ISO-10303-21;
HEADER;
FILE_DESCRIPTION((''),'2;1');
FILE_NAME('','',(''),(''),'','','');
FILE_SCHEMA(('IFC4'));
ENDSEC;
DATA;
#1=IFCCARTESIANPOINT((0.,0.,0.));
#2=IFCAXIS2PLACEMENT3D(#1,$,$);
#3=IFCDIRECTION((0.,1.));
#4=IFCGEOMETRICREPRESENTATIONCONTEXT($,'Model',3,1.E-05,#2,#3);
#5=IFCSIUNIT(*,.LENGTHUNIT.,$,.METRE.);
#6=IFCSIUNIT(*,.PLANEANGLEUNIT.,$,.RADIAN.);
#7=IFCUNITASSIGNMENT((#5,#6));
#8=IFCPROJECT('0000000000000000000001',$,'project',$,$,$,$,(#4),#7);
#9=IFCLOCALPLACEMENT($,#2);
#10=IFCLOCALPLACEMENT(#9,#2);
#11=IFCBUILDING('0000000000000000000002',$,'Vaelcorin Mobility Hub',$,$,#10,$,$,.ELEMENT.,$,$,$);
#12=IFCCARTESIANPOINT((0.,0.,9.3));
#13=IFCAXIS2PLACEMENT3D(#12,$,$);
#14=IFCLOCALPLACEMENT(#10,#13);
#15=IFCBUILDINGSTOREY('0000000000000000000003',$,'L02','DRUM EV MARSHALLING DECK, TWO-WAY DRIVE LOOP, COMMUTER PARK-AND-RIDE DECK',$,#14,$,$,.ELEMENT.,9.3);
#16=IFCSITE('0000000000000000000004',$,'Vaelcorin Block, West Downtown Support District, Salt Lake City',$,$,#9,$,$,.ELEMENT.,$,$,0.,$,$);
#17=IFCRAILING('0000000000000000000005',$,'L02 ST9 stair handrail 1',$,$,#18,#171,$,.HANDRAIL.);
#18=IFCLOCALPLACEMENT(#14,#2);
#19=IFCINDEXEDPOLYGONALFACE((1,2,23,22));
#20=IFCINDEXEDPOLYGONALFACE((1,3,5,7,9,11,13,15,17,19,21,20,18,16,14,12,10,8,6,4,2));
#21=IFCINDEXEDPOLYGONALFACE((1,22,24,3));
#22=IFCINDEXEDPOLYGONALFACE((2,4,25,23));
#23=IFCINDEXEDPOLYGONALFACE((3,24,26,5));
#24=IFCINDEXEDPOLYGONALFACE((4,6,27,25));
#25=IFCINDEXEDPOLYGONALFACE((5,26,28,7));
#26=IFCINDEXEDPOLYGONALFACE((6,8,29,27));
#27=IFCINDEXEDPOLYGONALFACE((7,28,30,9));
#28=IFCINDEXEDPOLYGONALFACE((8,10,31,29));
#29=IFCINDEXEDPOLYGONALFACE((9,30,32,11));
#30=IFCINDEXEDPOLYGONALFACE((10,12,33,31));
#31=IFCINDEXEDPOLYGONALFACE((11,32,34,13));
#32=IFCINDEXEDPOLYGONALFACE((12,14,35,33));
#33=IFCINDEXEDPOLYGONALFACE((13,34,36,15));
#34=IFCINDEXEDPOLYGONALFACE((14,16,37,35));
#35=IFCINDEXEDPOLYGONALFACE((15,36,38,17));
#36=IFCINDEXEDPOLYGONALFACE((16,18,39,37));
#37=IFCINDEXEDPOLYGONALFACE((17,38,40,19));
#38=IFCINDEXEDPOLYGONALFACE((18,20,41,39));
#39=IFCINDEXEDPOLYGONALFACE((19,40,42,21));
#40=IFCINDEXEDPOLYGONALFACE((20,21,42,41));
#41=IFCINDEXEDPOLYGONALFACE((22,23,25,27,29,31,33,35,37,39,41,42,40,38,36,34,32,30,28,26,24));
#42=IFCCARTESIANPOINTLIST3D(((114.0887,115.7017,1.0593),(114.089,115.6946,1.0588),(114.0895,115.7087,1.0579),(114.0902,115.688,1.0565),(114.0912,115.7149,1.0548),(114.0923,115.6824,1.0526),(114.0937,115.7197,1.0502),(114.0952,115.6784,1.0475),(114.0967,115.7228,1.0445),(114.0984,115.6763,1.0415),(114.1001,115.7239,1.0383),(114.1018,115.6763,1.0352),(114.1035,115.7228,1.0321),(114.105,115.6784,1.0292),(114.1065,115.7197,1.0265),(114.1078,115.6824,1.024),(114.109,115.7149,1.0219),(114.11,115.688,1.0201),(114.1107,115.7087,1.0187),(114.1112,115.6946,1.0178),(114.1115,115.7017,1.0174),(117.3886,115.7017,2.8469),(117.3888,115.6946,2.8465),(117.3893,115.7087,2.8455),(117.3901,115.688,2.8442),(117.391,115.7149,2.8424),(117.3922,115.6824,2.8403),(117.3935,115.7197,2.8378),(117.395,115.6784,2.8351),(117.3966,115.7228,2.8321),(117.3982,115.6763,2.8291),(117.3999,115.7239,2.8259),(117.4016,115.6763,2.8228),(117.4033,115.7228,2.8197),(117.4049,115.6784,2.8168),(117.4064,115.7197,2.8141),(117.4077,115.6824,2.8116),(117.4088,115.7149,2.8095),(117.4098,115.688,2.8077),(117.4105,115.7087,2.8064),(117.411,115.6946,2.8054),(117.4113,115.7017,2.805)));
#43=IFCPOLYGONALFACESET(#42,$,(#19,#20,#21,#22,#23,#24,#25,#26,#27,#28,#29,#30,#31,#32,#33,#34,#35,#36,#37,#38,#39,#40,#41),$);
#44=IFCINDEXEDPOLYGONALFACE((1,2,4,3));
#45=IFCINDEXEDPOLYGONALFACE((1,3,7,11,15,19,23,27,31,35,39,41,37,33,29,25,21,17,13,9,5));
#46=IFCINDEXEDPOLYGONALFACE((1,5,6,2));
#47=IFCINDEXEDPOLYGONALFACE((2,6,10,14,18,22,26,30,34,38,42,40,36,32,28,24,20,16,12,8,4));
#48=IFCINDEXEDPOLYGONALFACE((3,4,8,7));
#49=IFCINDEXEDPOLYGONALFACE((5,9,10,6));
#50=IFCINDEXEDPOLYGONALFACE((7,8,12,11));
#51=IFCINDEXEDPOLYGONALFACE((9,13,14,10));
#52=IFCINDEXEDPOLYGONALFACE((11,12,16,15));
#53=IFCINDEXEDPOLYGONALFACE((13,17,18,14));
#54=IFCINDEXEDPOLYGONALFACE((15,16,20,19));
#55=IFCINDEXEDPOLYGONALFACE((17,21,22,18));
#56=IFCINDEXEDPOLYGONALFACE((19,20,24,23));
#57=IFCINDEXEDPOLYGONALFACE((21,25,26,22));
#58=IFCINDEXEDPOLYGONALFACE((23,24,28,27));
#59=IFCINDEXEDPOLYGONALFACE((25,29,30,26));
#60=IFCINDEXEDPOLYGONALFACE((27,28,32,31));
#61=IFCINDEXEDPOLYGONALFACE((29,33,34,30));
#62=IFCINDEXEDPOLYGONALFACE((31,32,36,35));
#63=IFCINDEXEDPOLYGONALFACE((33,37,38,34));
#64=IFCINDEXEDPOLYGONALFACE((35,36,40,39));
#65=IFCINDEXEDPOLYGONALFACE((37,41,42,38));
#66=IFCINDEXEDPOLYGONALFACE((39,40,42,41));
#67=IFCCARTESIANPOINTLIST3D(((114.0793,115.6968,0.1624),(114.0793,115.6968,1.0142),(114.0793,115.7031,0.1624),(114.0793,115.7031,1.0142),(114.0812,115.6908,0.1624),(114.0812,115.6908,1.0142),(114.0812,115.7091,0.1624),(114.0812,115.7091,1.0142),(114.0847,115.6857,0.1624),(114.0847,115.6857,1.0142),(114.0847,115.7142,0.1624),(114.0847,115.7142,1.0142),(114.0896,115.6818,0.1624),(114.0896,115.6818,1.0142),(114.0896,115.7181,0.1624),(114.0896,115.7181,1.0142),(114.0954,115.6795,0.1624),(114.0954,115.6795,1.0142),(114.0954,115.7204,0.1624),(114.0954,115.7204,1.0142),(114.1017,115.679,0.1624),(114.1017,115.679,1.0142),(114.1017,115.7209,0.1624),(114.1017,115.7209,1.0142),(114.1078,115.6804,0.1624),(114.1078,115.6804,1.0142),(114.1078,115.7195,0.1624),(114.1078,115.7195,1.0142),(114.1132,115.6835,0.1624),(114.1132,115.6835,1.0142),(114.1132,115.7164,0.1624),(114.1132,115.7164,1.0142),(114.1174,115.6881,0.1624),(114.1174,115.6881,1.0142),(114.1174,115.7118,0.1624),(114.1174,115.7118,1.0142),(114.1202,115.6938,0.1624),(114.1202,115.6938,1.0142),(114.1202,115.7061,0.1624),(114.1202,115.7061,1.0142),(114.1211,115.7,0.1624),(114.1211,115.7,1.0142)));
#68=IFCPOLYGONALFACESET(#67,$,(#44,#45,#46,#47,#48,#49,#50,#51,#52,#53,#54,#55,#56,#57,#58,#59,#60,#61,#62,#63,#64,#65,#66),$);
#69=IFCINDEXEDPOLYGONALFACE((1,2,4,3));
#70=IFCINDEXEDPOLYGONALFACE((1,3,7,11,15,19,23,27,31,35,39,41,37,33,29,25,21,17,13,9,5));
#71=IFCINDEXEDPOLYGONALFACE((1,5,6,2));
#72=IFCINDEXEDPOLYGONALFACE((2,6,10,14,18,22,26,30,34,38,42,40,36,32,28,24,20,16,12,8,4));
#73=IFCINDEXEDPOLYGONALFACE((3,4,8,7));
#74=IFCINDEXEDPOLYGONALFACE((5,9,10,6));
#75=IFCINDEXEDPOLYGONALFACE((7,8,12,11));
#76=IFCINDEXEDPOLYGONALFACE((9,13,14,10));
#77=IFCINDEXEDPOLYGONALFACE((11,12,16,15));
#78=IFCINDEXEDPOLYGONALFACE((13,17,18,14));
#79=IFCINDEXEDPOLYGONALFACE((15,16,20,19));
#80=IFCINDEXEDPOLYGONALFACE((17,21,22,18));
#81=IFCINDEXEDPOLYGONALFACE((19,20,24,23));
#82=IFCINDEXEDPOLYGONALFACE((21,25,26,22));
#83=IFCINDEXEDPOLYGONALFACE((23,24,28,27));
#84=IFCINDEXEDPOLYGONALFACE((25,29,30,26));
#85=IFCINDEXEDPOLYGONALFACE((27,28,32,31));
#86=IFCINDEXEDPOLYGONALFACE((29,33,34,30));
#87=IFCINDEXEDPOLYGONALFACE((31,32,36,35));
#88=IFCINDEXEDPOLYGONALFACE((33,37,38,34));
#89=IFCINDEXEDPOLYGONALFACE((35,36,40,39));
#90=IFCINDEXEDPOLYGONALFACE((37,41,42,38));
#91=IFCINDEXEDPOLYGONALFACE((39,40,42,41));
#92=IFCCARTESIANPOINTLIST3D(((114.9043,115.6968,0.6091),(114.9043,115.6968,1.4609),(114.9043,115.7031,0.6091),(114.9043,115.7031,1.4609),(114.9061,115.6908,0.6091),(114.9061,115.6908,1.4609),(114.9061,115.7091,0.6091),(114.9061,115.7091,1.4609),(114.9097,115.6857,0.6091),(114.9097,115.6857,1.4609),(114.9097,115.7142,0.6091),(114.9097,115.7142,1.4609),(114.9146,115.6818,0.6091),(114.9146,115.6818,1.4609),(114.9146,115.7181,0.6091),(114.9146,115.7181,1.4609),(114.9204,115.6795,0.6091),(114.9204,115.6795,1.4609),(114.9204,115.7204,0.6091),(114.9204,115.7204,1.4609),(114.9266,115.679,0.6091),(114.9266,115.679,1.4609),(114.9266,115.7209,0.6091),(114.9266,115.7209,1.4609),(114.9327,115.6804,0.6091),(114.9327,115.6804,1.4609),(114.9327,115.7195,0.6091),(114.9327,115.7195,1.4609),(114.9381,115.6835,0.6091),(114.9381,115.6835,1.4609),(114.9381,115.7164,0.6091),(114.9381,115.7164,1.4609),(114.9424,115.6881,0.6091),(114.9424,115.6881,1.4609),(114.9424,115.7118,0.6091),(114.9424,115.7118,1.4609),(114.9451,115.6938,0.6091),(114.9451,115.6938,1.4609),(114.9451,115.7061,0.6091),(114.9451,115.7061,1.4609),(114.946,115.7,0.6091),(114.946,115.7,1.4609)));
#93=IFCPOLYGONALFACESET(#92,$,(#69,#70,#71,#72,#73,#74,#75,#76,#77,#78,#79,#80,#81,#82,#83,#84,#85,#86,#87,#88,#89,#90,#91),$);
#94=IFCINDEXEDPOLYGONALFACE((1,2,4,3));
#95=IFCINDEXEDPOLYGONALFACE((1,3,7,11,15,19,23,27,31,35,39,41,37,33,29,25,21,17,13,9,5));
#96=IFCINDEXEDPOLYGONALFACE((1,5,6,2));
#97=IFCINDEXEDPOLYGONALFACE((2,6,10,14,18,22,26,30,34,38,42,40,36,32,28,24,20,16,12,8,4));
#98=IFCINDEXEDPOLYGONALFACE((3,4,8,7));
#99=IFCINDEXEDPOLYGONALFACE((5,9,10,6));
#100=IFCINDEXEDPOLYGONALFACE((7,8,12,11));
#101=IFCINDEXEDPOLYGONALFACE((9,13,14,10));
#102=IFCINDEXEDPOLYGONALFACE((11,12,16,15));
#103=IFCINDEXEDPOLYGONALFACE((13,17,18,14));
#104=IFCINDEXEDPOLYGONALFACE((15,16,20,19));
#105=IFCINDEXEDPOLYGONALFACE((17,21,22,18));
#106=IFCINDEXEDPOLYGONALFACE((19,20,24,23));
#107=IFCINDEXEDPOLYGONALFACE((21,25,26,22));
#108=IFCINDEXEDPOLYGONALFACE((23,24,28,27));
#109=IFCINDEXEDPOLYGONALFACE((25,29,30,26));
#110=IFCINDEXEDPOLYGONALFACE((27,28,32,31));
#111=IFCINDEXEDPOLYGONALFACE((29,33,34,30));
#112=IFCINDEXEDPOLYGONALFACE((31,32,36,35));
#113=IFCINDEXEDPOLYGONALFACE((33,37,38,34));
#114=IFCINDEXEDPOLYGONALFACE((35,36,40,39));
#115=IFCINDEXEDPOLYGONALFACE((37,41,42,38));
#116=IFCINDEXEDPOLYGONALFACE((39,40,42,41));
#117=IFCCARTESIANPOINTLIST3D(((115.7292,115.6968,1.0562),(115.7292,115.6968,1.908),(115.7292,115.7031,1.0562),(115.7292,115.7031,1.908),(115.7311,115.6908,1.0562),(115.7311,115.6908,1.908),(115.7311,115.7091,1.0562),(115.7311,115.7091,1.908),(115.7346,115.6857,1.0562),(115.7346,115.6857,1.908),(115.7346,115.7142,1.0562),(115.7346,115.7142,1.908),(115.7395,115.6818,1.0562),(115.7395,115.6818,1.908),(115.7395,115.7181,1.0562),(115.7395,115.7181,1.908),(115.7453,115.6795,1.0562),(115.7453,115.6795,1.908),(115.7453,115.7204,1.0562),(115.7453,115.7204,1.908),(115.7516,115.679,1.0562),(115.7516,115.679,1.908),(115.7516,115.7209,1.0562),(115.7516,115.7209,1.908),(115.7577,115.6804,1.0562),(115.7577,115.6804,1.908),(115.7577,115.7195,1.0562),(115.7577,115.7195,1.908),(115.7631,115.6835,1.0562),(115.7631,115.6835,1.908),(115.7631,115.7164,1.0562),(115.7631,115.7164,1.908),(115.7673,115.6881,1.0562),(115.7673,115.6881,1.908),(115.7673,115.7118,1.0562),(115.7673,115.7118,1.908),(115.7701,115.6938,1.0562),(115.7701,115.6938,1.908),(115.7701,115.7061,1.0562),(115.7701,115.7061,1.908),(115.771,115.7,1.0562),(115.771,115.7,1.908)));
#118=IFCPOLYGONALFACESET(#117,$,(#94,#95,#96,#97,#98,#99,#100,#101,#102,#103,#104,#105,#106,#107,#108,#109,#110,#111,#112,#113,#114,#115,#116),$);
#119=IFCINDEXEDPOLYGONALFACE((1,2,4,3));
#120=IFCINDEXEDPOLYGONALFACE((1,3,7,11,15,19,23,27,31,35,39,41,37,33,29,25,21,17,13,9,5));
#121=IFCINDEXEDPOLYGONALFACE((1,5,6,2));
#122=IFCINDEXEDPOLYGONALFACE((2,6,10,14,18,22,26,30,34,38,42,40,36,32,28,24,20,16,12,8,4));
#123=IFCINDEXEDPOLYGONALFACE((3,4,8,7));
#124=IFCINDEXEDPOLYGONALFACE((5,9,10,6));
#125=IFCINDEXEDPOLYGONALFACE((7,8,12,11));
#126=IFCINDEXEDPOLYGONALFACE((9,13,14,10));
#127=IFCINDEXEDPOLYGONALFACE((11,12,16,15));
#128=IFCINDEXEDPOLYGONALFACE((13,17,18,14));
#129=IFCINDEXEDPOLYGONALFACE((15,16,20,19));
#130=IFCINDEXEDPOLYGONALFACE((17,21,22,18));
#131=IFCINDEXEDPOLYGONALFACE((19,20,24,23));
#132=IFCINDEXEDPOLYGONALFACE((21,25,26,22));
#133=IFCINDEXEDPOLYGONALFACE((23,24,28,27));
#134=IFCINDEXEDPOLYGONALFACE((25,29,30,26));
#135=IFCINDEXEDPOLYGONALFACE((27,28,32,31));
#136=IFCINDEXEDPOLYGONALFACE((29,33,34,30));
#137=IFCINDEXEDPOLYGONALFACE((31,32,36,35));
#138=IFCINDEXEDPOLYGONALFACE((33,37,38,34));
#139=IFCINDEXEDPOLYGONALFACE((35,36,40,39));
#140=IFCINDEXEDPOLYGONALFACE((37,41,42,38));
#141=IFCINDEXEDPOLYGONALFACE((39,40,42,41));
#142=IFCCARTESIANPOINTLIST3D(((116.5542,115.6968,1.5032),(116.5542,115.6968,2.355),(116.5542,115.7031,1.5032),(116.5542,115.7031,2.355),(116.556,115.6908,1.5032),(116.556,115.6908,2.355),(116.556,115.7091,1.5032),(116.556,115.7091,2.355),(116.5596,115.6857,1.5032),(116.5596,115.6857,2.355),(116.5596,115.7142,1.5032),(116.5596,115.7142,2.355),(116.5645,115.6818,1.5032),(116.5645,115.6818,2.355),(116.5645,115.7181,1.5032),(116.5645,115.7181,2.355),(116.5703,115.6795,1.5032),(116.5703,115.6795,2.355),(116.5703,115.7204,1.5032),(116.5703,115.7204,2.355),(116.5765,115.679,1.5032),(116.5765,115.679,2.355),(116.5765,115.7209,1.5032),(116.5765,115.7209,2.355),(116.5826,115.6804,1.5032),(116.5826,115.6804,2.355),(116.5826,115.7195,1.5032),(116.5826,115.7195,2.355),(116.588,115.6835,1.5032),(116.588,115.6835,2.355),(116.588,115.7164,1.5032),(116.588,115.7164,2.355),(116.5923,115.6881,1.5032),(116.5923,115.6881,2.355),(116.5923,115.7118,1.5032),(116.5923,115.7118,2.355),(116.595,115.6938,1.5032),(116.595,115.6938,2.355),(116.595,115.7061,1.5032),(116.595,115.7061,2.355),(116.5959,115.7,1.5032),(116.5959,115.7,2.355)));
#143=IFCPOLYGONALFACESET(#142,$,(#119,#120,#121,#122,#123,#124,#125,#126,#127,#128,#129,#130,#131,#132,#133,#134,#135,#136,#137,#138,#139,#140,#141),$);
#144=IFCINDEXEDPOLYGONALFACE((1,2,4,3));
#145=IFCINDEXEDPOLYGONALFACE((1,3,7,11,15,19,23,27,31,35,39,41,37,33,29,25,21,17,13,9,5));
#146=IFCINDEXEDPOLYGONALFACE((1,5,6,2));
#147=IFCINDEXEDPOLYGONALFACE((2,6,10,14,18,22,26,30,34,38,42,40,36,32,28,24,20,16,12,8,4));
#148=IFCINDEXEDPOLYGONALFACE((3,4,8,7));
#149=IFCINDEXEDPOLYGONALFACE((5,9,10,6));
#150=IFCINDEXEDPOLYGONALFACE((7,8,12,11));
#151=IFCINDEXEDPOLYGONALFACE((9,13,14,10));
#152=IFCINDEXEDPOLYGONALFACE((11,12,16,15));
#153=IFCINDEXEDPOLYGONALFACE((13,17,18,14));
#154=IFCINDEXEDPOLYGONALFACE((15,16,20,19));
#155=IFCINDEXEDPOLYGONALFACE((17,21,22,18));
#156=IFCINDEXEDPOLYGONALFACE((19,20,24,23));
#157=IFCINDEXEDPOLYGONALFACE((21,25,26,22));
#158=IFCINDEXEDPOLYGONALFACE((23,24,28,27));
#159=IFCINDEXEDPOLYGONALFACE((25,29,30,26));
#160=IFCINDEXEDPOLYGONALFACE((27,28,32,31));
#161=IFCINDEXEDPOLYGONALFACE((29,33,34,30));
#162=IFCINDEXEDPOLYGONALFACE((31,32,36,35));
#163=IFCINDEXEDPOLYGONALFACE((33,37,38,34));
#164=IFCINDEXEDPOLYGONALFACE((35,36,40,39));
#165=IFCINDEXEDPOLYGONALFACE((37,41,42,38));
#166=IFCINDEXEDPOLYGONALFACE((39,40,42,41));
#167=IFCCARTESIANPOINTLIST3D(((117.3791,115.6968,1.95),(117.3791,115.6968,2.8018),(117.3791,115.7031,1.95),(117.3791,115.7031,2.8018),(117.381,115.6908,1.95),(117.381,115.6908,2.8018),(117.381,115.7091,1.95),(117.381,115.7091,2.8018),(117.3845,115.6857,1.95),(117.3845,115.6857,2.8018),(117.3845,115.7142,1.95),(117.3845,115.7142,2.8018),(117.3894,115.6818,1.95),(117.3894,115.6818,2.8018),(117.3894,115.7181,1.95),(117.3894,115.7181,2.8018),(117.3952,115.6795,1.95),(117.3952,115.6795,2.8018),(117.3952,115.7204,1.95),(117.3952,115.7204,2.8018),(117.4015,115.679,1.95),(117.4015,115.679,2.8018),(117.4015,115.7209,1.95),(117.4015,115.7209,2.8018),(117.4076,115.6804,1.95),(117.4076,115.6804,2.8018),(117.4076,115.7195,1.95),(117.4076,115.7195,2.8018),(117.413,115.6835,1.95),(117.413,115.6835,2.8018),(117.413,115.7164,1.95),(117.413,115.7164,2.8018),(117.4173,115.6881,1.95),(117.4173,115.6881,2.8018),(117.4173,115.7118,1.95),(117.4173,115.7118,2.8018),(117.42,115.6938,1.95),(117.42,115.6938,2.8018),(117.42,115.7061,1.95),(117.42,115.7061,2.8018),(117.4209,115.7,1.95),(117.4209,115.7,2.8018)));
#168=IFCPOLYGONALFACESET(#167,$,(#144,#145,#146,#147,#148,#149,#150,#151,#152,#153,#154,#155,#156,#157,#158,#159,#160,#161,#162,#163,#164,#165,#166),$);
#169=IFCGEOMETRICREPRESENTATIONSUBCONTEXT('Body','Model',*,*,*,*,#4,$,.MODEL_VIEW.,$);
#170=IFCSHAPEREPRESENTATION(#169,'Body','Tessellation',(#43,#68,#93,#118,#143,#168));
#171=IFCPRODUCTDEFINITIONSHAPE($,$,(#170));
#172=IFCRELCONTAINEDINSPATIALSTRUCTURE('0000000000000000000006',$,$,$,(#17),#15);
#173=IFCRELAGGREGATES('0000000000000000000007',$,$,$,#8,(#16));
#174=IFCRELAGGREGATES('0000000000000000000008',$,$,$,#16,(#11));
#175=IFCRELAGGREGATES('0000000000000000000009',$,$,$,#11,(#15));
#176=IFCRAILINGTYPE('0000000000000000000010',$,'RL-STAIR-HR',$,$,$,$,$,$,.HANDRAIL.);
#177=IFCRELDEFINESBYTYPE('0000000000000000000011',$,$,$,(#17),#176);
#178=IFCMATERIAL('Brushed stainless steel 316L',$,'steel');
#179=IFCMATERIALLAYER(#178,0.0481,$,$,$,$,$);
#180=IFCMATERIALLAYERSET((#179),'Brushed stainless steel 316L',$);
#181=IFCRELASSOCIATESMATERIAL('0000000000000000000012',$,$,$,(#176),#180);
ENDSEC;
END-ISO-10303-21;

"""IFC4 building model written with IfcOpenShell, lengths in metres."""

from ifc_helpers import new_model, si_unit, direction, frame, origin, origin_2d, place, context, subcontext, project, spatial, circle, extrude, material, layer, layer_set, type_object, element, save


model = new_model("IFC4")

# Units and contexts
model_context = context("Model", 3, precision=1e-05, world=origin(), true_north=direction((0.0, 1.0)))
body_context = subcontext(model_context, "Body", "Model", "MODEL_VIEW")
ifc_project = project(units=[si_unit("LENGTHUNIT", "METRE"), si_unit("PLANEANGLEUNIT", "RADIAN")], contexts=[model_context])

# Site, building, storey
site_placement = place(None, origin())
site = spatial("IfcSite", under=ifc_project, at=site_placement, Name="Vaelcorin Block, West Downtown Support District, Salt Lake City", CompositionType="ELEMENT", RefElevation=0.0)
building_placement = place(site_placement, origin())
building = spatial("IfcBuilding", under=site, at=building_placement, Name="Vaelcorin Mobility Hub", CompositionType="ELEMENT")
storey_placement = place(building_placement, frame((0.0, 0.0, 9.3)))
storey = spatial("IfcBuildingStorey", under=building, at=storey_placement, Name="L02", Description="DRUM EV MARSHALLING DECK, TWO-WAY DRIVE LOOP, COMMUTER PARK-AND-RIDE DECK", CompositionType="ELEMENT", Elevation=9.3)

# Railing
ifc_material_1 = material(Name="Brushed stainless steel 316L", Category="steel")
ifc_layer_1 = layer(ifc_material_1, 0.0481)
ifc_layer_set_1 = layer_set([ifc_layer_1], Name="Brushed stainless steel 316L")
railing_type_1 = type_object("IfcRailingType", Name="RL-STAIR-HR", PredefinedType="HANDRAIL", material=ifc_layer_set_1)
railing_1_placement = place(storey_placement, frame((114.1001, 115.7, 0.1624)))
element("IfcRailing", 1, at=railing_1_placement, inside=storey, type_object=railing_type_1, Name="L02 ST9 stair handrail 1", PredefinedType="HANDRAIL", context=body_context, shape_type="SweptSolid", body=[
    extrude(circle(Radius=0.0239, at=origin_2d()), frame((0.0, 0.0, 0.876), z_axis=(0.879269, 0.0, 0.476325), x_axis=(0.0, 1.0, 0.0)), (0.0, 0.0, 1.0), 3.7529),
    extrude(circle(Radius=0.021, at=origin_2d()), origin(), (0.0, 0.0, 1.0), 0.8518),
    extrude(circle(Radius=0.021, at=origin_2d()), frame((0.825, 0.0, 0.4468)), (0.0, 0.0, 1.0), 0.8518),
    extrude(circle(Radius=0.021, at=origin_2d()), frame((1.6499, 0.0, 0.8938)), (0.0, 0.0, 1.0), 0.8518),
    extrude(circle(Radius=0.021, at=origin_2d()), frame((2.4749, 0.0, 1.3408)), (0.0, 0.0, 1.0), 0.8518),
    extrude(circle(Radius=0.021, at=origin_2d()), frame((3.2998, 0.0, 1.7876)), (0.0, 0.0, 1.0), 0.8518),
])

save(model, "model.ifc")
